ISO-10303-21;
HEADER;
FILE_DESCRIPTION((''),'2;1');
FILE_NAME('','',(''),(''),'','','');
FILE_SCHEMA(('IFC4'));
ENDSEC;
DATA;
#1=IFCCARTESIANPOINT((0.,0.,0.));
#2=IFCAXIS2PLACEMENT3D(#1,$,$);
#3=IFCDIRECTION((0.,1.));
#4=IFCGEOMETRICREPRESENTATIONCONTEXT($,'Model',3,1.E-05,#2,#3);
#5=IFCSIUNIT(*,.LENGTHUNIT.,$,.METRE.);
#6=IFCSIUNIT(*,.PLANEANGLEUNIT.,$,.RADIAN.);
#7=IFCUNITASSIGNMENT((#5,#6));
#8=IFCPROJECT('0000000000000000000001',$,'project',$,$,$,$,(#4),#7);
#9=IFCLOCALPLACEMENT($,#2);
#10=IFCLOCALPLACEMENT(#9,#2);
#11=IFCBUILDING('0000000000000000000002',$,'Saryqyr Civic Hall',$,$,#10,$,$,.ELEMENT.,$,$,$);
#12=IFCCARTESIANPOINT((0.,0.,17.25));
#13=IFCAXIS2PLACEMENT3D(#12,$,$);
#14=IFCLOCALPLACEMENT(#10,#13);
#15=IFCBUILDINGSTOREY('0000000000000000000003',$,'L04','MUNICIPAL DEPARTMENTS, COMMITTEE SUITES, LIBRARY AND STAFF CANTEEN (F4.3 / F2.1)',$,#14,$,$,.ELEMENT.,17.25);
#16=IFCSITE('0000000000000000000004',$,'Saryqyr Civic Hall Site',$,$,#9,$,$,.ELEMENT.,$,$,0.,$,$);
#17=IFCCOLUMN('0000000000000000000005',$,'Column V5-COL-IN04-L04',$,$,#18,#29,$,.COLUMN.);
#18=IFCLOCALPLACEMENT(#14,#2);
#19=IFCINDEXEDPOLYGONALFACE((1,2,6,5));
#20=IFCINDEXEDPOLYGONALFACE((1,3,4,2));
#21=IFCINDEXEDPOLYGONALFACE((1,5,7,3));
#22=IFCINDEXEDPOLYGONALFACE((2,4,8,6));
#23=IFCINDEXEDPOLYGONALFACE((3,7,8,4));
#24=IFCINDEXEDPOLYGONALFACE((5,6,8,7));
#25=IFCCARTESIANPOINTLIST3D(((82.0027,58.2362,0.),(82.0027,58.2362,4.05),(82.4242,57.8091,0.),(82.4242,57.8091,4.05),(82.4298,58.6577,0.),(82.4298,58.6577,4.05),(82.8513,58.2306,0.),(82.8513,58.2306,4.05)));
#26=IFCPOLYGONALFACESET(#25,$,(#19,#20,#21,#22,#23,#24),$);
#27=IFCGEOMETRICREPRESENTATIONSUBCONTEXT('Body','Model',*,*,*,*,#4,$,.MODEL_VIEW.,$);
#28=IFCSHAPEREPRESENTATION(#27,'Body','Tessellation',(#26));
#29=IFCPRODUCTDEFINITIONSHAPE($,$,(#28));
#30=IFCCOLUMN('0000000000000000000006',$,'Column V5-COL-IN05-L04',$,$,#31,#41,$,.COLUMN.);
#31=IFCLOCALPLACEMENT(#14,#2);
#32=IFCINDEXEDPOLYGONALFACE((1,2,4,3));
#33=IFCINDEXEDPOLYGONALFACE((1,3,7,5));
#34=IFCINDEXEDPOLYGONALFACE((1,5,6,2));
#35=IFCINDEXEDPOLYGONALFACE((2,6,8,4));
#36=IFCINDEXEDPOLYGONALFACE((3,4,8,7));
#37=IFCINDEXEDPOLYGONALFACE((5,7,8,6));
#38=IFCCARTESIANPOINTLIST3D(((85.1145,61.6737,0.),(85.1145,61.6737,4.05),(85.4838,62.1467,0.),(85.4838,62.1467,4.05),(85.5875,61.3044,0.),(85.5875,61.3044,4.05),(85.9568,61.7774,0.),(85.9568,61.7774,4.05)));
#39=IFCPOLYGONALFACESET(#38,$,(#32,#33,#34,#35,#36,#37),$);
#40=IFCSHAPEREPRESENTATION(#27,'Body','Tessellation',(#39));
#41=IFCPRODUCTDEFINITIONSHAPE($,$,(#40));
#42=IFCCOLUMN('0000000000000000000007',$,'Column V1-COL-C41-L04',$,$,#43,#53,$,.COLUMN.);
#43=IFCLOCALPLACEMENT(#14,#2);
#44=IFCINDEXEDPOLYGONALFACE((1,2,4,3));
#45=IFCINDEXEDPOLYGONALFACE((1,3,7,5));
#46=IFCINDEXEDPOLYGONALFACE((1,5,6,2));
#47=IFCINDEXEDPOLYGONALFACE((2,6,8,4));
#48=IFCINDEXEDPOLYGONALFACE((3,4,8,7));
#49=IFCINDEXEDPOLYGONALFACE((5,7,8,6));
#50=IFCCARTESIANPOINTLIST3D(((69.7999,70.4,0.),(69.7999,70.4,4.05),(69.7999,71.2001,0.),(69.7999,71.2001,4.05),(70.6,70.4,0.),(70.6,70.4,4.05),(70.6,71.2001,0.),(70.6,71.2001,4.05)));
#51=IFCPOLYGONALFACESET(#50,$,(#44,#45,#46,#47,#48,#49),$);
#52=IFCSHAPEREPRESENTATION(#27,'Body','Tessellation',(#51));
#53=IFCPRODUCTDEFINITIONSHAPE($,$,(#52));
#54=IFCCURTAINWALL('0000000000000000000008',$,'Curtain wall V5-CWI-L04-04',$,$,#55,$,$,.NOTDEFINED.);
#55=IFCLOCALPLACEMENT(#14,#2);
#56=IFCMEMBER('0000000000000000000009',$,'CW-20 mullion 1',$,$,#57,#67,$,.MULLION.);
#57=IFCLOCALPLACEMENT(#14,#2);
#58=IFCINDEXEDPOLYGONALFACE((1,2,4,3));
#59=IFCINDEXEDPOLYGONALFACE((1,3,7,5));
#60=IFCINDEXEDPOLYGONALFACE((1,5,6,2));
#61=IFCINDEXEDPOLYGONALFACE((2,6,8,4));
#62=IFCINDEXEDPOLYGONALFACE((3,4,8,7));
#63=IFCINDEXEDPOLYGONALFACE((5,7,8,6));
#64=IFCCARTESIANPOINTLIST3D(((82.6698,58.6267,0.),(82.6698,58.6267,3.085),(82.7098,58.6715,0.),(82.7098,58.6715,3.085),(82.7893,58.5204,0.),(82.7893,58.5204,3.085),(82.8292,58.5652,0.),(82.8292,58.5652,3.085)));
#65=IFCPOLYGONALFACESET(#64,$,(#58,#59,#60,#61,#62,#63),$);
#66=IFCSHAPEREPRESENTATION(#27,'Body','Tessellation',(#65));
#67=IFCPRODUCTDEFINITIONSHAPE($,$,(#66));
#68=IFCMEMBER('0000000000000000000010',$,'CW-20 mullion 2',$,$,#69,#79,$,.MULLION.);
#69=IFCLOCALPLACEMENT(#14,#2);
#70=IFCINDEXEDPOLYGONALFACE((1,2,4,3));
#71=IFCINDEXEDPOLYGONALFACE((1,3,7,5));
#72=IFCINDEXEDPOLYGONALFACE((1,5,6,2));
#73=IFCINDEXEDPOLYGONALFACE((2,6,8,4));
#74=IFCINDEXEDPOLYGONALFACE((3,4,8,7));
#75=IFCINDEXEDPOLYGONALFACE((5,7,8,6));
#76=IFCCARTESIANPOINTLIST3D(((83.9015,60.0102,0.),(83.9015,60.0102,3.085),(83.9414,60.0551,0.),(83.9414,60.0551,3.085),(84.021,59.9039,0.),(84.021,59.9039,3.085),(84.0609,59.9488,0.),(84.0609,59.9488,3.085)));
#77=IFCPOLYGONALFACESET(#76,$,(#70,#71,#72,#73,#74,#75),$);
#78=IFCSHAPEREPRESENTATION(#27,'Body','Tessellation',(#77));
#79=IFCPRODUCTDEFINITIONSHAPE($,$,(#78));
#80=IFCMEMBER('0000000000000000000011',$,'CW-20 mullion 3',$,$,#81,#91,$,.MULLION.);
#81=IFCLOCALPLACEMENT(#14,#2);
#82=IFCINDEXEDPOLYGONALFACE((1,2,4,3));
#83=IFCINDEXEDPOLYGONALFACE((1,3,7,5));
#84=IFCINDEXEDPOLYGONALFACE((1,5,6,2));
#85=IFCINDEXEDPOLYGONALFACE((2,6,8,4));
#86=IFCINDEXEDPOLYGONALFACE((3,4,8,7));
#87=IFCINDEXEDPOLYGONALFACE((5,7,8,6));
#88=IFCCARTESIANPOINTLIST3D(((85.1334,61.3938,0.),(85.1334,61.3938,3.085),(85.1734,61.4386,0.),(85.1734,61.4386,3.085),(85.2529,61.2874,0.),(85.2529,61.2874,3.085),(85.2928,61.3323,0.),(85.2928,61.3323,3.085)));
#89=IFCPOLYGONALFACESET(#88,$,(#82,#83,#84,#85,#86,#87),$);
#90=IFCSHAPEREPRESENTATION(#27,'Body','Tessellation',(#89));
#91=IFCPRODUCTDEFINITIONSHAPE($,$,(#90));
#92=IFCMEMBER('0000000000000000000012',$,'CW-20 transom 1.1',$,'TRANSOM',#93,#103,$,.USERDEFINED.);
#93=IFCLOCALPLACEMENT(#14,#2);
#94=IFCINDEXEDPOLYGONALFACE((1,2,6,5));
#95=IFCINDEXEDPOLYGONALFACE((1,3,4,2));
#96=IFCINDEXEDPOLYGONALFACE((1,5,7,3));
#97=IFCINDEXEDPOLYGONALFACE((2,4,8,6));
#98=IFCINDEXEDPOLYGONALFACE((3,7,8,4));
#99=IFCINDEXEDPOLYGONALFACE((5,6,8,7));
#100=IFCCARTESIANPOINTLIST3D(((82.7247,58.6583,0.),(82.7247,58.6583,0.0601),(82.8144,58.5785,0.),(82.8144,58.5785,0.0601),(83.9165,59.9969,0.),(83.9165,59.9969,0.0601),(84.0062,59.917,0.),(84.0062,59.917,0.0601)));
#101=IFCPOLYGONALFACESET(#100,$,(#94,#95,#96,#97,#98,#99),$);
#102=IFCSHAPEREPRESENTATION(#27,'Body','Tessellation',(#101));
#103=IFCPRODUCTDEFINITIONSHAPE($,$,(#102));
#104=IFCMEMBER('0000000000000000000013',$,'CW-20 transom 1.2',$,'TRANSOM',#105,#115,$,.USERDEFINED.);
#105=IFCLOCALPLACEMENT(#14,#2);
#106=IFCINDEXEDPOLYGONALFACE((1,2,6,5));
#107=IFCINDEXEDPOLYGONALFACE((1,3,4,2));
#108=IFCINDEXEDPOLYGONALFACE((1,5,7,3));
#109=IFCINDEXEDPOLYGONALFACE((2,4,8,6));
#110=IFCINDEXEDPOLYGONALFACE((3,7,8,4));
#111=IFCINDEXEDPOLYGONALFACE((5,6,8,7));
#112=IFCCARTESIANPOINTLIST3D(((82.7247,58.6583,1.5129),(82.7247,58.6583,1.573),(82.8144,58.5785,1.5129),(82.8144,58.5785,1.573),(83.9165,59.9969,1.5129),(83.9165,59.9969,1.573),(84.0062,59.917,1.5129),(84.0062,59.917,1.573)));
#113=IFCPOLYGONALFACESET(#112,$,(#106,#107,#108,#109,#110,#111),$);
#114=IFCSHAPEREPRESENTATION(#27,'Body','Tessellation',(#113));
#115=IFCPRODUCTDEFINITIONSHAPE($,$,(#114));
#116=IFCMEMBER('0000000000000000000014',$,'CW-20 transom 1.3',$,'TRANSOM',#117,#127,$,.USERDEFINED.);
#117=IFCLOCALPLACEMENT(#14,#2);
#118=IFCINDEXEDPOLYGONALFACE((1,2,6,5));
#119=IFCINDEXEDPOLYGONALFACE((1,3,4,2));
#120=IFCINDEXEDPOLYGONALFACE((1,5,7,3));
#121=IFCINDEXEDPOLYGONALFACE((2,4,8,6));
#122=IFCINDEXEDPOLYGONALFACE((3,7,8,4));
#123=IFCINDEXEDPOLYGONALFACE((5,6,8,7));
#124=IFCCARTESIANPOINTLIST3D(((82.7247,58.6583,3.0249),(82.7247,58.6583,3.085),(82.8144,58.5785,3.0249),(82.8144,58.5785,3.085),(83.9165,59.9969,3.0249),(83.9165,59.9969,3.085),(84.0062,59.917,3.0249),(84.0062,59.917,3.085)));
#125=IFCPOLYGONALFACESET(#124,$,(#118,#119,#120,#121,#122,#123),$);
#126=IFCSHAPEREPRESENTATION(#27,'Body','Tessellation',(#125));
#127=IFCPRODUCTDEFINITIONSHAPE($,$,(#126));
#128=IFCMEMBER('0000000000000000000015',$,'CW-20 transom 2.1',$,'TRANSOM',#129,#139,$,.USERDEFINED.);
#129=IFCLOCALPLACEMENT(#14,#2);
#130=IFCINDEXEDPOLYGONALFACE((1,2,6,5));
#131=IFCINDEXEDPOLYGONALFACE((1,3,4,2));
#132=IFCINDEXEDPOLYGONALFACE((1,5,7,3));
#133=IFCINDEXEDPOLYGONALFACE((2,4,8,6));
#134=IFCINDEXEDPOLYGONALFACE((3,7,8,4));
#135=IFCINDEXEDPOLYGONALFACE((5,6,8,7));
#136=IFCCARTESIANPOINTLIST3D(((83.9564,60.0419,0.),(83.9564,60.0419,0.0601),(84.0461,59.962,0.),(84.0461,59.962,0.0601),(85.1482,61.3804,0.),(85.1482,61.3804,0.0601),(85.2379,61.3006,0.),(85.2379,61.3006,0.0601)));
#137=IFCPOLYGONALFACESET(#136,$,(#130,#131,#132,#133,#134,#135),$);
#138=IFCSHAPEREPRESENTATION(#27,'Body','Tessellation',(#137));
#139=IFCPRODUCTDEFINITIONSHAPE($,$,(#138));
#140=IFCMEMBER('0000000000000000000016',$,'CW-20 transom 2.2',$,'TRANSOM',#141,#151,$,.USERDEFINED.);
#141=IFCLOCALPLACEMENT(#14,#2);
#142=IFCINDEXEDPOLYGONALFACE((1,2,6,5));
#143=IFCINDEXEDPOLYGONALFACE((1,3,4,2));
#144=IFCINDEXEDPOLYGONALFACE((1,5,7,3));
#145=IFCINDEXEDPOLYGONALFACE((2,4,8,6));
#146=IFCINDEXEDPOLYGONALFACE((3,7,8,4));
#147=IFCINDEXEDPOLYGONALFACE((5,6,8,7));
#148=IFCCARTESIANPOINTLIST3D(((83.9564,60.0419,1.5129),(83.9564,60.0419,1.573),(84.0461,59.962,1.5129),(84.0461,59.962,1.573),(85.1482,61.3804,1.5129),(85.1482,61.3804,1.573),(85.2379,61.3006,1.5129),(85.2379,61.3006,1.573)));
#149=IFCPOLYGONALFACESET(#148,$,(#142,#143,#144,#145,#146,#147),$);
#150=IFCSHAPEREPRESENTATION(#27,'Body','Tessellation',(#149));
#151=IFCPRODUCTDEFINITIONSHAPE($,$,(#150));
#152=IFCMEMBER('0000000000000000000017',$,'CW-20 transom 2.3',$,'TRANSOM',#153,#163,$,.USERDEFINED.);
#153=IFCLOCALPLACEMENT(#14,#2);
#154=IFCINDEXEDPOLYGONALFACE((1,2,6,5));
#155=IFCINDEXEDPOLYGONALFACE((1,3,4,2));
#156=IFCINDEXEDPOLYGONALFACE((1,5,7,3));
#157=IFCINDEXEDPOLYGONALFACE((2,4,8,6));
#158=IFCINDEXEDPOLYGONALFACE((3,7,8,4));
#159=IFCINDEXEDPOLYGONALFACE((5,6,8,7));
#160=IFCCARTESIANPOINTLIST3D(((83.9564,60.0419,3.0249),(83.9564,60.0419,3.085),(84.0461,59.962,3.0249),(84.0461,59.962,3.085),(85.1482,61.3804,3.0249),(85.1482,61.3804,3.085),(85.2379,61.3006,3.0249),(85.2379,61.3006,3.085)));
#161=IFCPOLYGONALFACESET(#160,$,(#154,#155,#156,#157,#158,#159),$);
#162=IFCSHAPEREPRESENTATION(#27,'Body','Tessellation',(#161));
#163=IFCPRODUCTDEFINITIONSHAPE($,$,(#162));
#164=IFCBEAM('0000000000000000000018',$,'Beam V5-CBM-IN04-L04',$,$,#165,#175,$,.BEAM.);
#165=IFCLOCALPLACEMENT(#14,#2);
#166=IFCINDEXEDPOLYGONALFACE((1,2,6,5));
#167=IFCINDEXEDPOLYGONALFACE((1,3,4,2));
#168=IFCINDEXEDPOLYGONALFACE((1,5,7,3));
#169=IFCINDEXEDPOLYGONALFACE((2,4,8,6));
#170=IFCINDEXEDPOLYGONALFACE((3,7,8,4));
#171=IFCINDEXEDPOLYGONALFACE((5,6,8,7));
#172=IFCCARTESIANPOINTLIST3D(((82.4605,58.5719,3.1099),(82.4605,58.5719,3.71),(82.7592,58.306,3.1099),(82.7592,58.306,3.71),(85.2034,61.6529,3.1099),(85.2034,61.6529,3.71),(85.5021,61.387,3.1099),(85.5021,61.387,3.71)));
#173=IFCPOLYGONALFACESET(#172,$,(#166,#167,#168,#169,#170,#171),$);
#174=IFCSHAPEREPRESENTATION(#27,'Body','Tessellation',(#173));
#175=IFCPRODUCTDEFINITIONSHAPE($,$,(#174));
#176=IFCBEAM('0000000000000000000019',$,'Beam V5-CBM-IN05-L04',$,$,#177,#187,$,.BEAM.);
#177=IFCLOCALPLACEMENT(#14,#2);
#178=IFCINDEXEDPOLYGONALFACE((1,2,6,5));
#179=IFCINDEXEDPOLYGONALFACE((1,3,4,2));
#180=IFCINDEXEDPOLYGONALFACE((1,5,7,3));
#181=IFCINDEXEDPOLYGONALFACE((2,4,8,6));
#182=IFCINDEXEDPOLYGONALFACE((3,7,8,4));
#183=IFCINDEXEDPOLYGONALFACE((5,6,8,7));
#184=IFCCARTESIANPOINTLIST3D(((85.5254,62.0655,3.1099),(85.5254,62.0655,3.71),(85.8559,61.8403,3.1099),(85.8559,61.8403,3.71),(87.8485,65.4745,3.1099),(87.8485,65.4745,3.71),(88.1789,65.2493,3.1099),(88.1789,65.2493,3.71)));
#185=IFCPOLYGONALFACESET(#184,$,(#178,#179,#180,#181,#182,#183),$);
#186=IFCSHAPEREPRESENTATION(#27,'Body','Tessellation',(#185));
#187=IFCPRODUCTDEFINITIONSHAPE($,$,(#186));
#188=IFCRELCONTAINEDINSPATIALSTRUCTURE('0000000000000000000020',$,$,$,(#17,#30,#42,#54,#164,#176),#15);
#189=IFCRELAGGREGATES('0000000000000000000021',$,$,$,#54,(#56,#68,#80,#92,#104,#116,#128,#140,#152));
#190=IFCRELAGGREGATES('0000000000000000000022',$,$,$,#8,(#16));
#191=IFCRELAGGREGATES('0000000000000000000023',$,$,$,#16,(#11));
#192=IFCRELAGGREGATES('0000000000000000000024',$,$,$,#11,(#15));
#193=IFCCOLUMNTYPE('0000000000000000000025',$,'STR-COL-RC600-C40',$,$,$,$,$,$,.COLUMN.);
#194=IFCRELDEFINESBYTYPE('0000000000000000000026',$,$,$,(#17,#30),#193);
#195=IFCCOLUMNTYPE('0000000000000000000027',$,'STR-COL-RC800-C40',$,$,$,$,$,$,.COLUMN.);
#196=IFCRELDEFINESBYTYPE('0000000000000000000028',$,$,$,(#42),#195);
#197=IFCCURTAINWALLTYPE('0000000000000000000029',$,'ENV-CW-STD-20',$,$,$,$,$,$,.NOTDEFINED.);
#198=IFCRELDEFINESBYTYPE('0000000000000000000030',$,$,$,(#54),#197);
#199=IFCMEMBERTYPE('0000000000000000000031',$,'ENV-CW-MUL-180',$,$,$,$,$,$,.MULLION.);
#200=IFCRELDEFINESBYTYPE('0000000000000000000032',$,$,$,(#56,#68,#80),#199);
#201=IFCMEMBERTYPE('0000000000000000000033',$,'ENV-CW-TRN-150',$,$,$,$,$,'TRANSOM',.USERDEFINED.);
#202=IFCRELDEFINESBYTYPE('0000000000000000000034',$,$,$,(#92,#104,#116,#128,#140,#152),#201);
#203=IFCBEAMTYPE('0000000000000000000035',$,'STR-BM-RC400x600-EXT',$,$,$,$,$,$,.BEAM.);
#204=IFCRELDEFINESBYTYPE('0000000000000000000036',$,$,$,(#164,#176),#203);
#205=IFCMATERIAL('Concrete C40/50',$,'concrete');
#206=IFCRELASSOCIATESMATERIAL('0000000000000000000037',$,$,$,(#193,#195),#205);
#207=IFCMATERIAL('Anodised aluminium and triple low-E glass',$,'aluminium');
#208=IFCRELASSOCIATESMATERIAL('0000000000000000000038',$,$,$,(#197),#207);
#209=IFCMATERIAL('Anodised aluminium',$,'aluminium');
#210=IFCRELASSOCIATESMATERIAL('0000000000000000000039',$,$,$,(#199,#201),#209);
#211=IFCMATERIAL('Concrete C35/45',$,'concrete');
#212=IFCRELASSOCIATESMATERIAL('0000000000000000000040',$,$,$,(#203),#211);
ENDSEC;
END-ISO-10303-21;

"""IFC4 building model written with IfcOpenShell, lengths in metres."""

from ifc_helpers import new_model, si_unit, direction, frame, origin, origin_2d, place, context, subcontext, project, spatial, rectangle, extrude, material, material_profile, profile_set, type_object, element, aggregate, save


model = new_model("IFC4")

# Units and contexts
model_context = context("Model", 3, precision=1e-05, world=origin(), true_north=direction((0.0, 1.0)))
body_context = subcontext(model_context, "Body", "Model", "MODEL_VIEW")
ifc_project = project(units=[si_unit("LENGTHUNIT", "METRE"), si_unit("PLANEANGLEUNIT", "RADIAN")], contexts=[model_context])

# Site, building, storey
site_placement = place(None, origin())
site = spatial("IfcSite", under=ifc_project, at=site_placement, Name="Saryqyr Civic Hall Site", CompositionType="ELEMENT", RefElevation=0.0)
building_placement = place(site_placement, origin())
building = spatial("IfcBuilding", under=site, at=building_placement, Name="Saryqyr Civic Hall", CompositionType="ELEMENT")
storey_placement = place(building_placement, frame((0.0, 0.0, 17.25)))
storey = spatial("IfcBuildingStorey", under=building, at=storey_placement, Name="L04", Description="MUNICIPAL DEPARTMENTS, COMMITTEE SUITES, LIBRARY AND STAFF CANTEEN (F4.3 / F2.1)", CompositionType="ELEMENT", Elevation=17.25)

# Columns
ifc_material_1 = material(Name="Concrete C40/50", Category="concrete")
ifc_material_profile_1 = material_profile(ifc_material_1, rectangle(XDim=0.6001, YDim=0.6001, at=origin_2d()), Name="RC 600x600")
ifc_profile_set_1 = profile_set([ifc_material_profile_1], Name="Concrete C40/50")
column_type_1 = type_object("IfcColumnType", Name="STR-COL-RC600-C40", PredefinedType="COLUMN", material=ifc_profile_set_1)
for number, where, z_axis, x_axis, name in (
    (1, (82.427, 58.2334, 0.0), (0.0, 0.0, 1.0), (0.702402, -0.711781, 0.0), "Column V5-COL-IN04-L04"),
    (2, (85.5356, 61.7256, 0.0), (0.0, 0.0, 1.0), (0.788226, -0.615386, 0.0), "Column V5-COL-IN05-L04"),
):
    element("IfcColumn", number, at=place(storey_placement, frame(where, z_axis=z_axis, x_axis=x_axis)), inside=storey, type_object=column_type_1, Name=name, PredefinedType="COLUMN", context=body_context, shape_type="SweptSolid", body=[
        extrude(rectangle(XDim=0.6001, YDim=0.6001, at=origin_2d()), origin(), (0.0, 0.0, 1.0), 4.05),
    ])
ifc_material_profile_2 = material_profile(ifc_material_1, rectangle(XDim=0.8, YDim=0.8, at=origin_2d()), Name="RC 800x800")
ifc_profile_set_2 = profile_set([ifc_material_profile_2], Name="Concrete C40/50")
column_type_2 = type_object("IfcColumnType", Name="STR-COL-RC800-C40", PredefinedType="COLUMN", material=ifc_profile_set_2)
column_placement = place(storey_placement, frame((70.2, 70.8, 0.0), z_axis=(0.0, 0.0, 1.0), x_axis=(1.0, 0.0, 0.0)))
element("IfcColumn", 3, at=column_placement, inside=storey, type_object=column_type_2, Name="Column V1-COL-C41-L04", PredefinedType="COLUMN", context=body_context, shape_type="SweptSolid", body=[
    extrude(rectangle(XDim=0.8, YDim=0.8, at=origin_2d()), origin(), (0.0, 0.0, 1.0), 4.05),
])

# Curtain wall, members
ifc_material_2 = material(Name="Anodised aluminium and triple low-E glass", Category="aluminium")
curtain_wall_type = type_object("IfcCurtainWallType", Name="ENV-CW-STD-20", PredefinedType="NOTDEFINED", material=ifc_material_2)
curtain_wall_placement = place(storey_placement, origin())
curtain_wall = element("IfcCurtainWall", 4, at=curtain_wall_placement, inside=storey, type_object=curtain_wall_type, Name="Curtain wall V5-CWI-L04-04", PredefinedType="NOTDEFINED")
ifc_material_3 = material(Name="Anodised aluminium", Category="aluminium")
ifc_material_profile_3 = material_profile(ifc_material_3, rectangle(XDim=0.0601, YDim=0.1599, at=origin_2d()), Name="ALU MULLION 60x160")
ifc_profile_set_3 = profile_set([ifc_material_profile_3], Name="Anodised aluminium")
member_type_1 = type_object("IfcMemberType", Name="ENV-CW-MUL-180", PredefinedType="MULLION", material=ifc_profile_set_3)
member_1_placement = place(storey_placement, frame((82.7495, 58.5959, 0.0), z_axis=(0.0, 0.0, 1.0), x_axis=(0.664934, 0.746902, 0.0)))
member_1 = element("IfcMember", 5, at=member_1_placement, type_object=member_type_1, Name="CW-20 mullion 1", PredefinedType="MULLION", context=body_context, shape_type="SweptSolid", body=[
    extrude(rectangle(XDim=0.0601, YDim=0.1599, at=origin_2d()), origin(), (0.0, 0.0, 1.0), 3.085),
])
member_2_placement = place(storey_placement, frame((83.9812, 59.9795, 0.0), z_axis=(0.0, 0.0, 1.0), x_axis=(0.664934, 0.746902, 0.0)))
member_2 = element("IfcMember", 6, at=member_2_placement, type_object=member_type_1, Name="CW-20 mullion 2", PredefinedType="MULLION", context=body_context, shape_type="SweptSolid", body=[
    extrude(rectangle(XDim=0.0601, YDim=0.1599, at=origin_2d()), origin(), (0.0, 0.0, 1.0), 3.085),
])
member_3_placement = place(storey_placement, frame((85.2131, 61.363, 0.0), z_axis=(0.0, 0.0, 1.0), x_axis=(0.664934, 0.746902, 0.0)))
member_3 = element("IfcMember", 7, at=member_3_placement, type_object=member_type_1, Name="CW-20 mullion 3", PredefinedType="MULLION", context=body_context, shape_type="SweptSolid", body=[
    extrude(rectangle(XDim=0.0601, YDim=0.1599, at=origin_2d()), origin(), (0.0, 0.0, 1.0), 3.085),
])
ifc_material_profile_4 = material_profile(ifc_material_3, rectangle(XDim=0.1201, YDim=0.0601, at=origin_2d()), Name="ALU TRANSOM 120x60")
ifc_profile_set_4 = profile_set([ifc_material_profile_4], Name="Anodised aluminium")
member_type_2 = type_object("IfcMemberType", Name="ENV-CW-TRN-150", ElementType="TRANSOM", PredefinedType="USERDEFINED", material=ifc_profile_set_4)
member_4_placement = place(storey_placement, frame((82.7695, 58.6184, 0.03), z_axis=(0.664989, 0.746853, 0.0), x_axis=(-0.746853, 0.664989, 0.0)))
member_4 = element("IfcMember", 8, at=member_4_placement, type_object=member_type_2, Name="CW-20 transom 1.1", ObjectType="TRANSOM", PredefinedType="USERDEFINED", context=body_context, shape_type="SweptSolid", body=[
    extrude(rectangle(XDim=0.1201, YDim=0.0601, at=origin_2d()), origin(), (0.0, 0.0, 1.0), 1.7922),
])
member_5_placement = place(storey_placement, frame((82.7695, 58.6184, 1.543), z_axis=(0.664989, 0.746853, 0.0), x_axis=(-0.746853, 0.664989, 0.0)))
member_5 = element("IfcMember", 9, at=member_5_placement, type_object=member_type_2, Name="CW-20 transom 1.2", ObjectType="TRANSOM", PredefinedType="USERDEFINED", context=body_context, shape_type="SweptSolid", body=[
    extrude(rectangle(XDim=0.1201, YDim=0.0601, at=origin_2d()), origin(), (0.0, 0.0, 1.0), 1.7922),
])
member_6_placement = place(storey_placement, frame((82.7695, 58.6184, 3.0549), z_axis=(0.664989, 0.746853, 0.0), x_axis=(-0.746853, 0.664989, 0.0)))
member_6 = element("IfcMember", 10, at=member_6_placement, type_object=member_type_2, Name="CW-20 transom 1.3", ObjectType="TRANSOM", PredefinedType="USERDEFINED", context=body_context, shape_type="SweptSolid", body=[
    extrude(rectangle(XDim=0.1201, YDim=0.0601, at=origin_2d()), origin(), (0.0, 0.0, 1.0), 1.7922),
])
member_7_placement = place(storey_placement, frame((84.0012, 60.002, 0.03), z_axis=(0.664989, 0.746853, 0.0), x_axis=(-0.746853, 0.664989, 0.0)))
member_7 = element("IfcMember", 11, at=member_7_placement, type_object=member_type_2, Name="CW-20 transom 2.1", ObjectType="TRANSOM", PredefinedType="USERDEFINED", context=body_context, shape_type="SweptSolid", body=[
    extrude(rectangle(XDim=0.1201, YDim=0.0601, at=origin_2d()), origin(), (0.0, 0.0, 1.0), 1.7922),
])
member_8_placement = place(storey_placement, frame((84.0012, 60.002, 1.543), z_axis=(0.664989, 0.746853, 0.0), x_axis=(-0.746853, 0.664989, 0.0)))
member_8 = element("IfcMember", 12, at=member_8_placement, type_object=member_type_2, Name="CW-20 transom 2.2", ObjectType="TRANSOM", PredefinedType="USERDEFINED", context=body_context, shape_type="SweptSolid", body=[
    extrude(rectangle(XDim=0.1201, YDim=0.0601, at=origin_2d()), origin(), (0.0, 0.0, 1.0), 1.7922),
])
member_9_placement = place(storey_placement, frame((84.0012, 60.002, 3.0549), z_axis=(0.664989, 0.746853, 0.0), x_axis=(-0.746853, 0.664989, 0.0)))
member_9 = element("IfcMember", 13, at=member_9_placement, type_object=member_type_2, Name="CW-20 transom 2.3", ObjectType="TRANSOM", PredefinedType="USERDEFINED", context=body_context, shape_type="SweptSolid", body=[
    extrude(rectangle(XDim=0.1201, YDim=0.0601, at=origin_2d()), origin(), (0.0, 0.0, 1.0), 1.7922),
])

# Beams
ifc_material_4 = material(Name="Concrete C35/45", Category="concrete")
ifc_material_profile_5 = material_profile(ifc_material_4, rectangle(XDim=0.3999, YDim=0.6001, at=origin_2d()), Name="RC 400x600")
ifc_profile_set_5 = profile_set([ifc_material_profile_5], Name="Concrete C35/45")
beam_type_1 = type_object("IfcBeamType", Name="STR-BM-RC400x600-EXT", PredefinedType="BEAM", material=ifc_profile_set_5)
beam_1_placement = place(storey_placement, frame((82.6099, 58.439, 3.4099), z_axis=(0.664933, 0.746903, 0.0), x_axis=(-0.746903, 0.664933, 0.0)))
element("IfcBeam", 14, at=beam_1_placement, inside=storey, type_object=beam_type_1, Name="Beam V5-CBM-IN04-L04", PredefinedType="BEAM", context=body_context, shape_type="SweptSolid", body=[
    extrude(rectangle(XDim=0.3999, YDim=0.6001, at=origin_2d()), origin(), (0.0, 0.0, 1.0), 4.125),
])
beam_2_placement = place(storey_placement, frame((85.6907, 61.9529, 3.4099), z_axis=(0.563126, 0.826371, 0.0), x_axis=(-0.826371, 0.563126, 0.0)))
element("IfcBeam", 15, at=beam_2_placement, inside=storey, type_object=beam_type_1, Name="Beam V5-CBM-IN05-L04", PredefinedType="BEAM", context=body_context, shape_type="SweptSolid", body=[
    extrude(rectangle(XDim=0.3999, YDim=0.6001, at=origin_2d()), origin(), (0.0, 0.0, 1.0), 4.1252),
])

aggregate(curtain_wall, [member_1, member_2, member_3, member_4, member_5, member_6, member_7, member_8, member_9])

save(model, "model.ifc")
